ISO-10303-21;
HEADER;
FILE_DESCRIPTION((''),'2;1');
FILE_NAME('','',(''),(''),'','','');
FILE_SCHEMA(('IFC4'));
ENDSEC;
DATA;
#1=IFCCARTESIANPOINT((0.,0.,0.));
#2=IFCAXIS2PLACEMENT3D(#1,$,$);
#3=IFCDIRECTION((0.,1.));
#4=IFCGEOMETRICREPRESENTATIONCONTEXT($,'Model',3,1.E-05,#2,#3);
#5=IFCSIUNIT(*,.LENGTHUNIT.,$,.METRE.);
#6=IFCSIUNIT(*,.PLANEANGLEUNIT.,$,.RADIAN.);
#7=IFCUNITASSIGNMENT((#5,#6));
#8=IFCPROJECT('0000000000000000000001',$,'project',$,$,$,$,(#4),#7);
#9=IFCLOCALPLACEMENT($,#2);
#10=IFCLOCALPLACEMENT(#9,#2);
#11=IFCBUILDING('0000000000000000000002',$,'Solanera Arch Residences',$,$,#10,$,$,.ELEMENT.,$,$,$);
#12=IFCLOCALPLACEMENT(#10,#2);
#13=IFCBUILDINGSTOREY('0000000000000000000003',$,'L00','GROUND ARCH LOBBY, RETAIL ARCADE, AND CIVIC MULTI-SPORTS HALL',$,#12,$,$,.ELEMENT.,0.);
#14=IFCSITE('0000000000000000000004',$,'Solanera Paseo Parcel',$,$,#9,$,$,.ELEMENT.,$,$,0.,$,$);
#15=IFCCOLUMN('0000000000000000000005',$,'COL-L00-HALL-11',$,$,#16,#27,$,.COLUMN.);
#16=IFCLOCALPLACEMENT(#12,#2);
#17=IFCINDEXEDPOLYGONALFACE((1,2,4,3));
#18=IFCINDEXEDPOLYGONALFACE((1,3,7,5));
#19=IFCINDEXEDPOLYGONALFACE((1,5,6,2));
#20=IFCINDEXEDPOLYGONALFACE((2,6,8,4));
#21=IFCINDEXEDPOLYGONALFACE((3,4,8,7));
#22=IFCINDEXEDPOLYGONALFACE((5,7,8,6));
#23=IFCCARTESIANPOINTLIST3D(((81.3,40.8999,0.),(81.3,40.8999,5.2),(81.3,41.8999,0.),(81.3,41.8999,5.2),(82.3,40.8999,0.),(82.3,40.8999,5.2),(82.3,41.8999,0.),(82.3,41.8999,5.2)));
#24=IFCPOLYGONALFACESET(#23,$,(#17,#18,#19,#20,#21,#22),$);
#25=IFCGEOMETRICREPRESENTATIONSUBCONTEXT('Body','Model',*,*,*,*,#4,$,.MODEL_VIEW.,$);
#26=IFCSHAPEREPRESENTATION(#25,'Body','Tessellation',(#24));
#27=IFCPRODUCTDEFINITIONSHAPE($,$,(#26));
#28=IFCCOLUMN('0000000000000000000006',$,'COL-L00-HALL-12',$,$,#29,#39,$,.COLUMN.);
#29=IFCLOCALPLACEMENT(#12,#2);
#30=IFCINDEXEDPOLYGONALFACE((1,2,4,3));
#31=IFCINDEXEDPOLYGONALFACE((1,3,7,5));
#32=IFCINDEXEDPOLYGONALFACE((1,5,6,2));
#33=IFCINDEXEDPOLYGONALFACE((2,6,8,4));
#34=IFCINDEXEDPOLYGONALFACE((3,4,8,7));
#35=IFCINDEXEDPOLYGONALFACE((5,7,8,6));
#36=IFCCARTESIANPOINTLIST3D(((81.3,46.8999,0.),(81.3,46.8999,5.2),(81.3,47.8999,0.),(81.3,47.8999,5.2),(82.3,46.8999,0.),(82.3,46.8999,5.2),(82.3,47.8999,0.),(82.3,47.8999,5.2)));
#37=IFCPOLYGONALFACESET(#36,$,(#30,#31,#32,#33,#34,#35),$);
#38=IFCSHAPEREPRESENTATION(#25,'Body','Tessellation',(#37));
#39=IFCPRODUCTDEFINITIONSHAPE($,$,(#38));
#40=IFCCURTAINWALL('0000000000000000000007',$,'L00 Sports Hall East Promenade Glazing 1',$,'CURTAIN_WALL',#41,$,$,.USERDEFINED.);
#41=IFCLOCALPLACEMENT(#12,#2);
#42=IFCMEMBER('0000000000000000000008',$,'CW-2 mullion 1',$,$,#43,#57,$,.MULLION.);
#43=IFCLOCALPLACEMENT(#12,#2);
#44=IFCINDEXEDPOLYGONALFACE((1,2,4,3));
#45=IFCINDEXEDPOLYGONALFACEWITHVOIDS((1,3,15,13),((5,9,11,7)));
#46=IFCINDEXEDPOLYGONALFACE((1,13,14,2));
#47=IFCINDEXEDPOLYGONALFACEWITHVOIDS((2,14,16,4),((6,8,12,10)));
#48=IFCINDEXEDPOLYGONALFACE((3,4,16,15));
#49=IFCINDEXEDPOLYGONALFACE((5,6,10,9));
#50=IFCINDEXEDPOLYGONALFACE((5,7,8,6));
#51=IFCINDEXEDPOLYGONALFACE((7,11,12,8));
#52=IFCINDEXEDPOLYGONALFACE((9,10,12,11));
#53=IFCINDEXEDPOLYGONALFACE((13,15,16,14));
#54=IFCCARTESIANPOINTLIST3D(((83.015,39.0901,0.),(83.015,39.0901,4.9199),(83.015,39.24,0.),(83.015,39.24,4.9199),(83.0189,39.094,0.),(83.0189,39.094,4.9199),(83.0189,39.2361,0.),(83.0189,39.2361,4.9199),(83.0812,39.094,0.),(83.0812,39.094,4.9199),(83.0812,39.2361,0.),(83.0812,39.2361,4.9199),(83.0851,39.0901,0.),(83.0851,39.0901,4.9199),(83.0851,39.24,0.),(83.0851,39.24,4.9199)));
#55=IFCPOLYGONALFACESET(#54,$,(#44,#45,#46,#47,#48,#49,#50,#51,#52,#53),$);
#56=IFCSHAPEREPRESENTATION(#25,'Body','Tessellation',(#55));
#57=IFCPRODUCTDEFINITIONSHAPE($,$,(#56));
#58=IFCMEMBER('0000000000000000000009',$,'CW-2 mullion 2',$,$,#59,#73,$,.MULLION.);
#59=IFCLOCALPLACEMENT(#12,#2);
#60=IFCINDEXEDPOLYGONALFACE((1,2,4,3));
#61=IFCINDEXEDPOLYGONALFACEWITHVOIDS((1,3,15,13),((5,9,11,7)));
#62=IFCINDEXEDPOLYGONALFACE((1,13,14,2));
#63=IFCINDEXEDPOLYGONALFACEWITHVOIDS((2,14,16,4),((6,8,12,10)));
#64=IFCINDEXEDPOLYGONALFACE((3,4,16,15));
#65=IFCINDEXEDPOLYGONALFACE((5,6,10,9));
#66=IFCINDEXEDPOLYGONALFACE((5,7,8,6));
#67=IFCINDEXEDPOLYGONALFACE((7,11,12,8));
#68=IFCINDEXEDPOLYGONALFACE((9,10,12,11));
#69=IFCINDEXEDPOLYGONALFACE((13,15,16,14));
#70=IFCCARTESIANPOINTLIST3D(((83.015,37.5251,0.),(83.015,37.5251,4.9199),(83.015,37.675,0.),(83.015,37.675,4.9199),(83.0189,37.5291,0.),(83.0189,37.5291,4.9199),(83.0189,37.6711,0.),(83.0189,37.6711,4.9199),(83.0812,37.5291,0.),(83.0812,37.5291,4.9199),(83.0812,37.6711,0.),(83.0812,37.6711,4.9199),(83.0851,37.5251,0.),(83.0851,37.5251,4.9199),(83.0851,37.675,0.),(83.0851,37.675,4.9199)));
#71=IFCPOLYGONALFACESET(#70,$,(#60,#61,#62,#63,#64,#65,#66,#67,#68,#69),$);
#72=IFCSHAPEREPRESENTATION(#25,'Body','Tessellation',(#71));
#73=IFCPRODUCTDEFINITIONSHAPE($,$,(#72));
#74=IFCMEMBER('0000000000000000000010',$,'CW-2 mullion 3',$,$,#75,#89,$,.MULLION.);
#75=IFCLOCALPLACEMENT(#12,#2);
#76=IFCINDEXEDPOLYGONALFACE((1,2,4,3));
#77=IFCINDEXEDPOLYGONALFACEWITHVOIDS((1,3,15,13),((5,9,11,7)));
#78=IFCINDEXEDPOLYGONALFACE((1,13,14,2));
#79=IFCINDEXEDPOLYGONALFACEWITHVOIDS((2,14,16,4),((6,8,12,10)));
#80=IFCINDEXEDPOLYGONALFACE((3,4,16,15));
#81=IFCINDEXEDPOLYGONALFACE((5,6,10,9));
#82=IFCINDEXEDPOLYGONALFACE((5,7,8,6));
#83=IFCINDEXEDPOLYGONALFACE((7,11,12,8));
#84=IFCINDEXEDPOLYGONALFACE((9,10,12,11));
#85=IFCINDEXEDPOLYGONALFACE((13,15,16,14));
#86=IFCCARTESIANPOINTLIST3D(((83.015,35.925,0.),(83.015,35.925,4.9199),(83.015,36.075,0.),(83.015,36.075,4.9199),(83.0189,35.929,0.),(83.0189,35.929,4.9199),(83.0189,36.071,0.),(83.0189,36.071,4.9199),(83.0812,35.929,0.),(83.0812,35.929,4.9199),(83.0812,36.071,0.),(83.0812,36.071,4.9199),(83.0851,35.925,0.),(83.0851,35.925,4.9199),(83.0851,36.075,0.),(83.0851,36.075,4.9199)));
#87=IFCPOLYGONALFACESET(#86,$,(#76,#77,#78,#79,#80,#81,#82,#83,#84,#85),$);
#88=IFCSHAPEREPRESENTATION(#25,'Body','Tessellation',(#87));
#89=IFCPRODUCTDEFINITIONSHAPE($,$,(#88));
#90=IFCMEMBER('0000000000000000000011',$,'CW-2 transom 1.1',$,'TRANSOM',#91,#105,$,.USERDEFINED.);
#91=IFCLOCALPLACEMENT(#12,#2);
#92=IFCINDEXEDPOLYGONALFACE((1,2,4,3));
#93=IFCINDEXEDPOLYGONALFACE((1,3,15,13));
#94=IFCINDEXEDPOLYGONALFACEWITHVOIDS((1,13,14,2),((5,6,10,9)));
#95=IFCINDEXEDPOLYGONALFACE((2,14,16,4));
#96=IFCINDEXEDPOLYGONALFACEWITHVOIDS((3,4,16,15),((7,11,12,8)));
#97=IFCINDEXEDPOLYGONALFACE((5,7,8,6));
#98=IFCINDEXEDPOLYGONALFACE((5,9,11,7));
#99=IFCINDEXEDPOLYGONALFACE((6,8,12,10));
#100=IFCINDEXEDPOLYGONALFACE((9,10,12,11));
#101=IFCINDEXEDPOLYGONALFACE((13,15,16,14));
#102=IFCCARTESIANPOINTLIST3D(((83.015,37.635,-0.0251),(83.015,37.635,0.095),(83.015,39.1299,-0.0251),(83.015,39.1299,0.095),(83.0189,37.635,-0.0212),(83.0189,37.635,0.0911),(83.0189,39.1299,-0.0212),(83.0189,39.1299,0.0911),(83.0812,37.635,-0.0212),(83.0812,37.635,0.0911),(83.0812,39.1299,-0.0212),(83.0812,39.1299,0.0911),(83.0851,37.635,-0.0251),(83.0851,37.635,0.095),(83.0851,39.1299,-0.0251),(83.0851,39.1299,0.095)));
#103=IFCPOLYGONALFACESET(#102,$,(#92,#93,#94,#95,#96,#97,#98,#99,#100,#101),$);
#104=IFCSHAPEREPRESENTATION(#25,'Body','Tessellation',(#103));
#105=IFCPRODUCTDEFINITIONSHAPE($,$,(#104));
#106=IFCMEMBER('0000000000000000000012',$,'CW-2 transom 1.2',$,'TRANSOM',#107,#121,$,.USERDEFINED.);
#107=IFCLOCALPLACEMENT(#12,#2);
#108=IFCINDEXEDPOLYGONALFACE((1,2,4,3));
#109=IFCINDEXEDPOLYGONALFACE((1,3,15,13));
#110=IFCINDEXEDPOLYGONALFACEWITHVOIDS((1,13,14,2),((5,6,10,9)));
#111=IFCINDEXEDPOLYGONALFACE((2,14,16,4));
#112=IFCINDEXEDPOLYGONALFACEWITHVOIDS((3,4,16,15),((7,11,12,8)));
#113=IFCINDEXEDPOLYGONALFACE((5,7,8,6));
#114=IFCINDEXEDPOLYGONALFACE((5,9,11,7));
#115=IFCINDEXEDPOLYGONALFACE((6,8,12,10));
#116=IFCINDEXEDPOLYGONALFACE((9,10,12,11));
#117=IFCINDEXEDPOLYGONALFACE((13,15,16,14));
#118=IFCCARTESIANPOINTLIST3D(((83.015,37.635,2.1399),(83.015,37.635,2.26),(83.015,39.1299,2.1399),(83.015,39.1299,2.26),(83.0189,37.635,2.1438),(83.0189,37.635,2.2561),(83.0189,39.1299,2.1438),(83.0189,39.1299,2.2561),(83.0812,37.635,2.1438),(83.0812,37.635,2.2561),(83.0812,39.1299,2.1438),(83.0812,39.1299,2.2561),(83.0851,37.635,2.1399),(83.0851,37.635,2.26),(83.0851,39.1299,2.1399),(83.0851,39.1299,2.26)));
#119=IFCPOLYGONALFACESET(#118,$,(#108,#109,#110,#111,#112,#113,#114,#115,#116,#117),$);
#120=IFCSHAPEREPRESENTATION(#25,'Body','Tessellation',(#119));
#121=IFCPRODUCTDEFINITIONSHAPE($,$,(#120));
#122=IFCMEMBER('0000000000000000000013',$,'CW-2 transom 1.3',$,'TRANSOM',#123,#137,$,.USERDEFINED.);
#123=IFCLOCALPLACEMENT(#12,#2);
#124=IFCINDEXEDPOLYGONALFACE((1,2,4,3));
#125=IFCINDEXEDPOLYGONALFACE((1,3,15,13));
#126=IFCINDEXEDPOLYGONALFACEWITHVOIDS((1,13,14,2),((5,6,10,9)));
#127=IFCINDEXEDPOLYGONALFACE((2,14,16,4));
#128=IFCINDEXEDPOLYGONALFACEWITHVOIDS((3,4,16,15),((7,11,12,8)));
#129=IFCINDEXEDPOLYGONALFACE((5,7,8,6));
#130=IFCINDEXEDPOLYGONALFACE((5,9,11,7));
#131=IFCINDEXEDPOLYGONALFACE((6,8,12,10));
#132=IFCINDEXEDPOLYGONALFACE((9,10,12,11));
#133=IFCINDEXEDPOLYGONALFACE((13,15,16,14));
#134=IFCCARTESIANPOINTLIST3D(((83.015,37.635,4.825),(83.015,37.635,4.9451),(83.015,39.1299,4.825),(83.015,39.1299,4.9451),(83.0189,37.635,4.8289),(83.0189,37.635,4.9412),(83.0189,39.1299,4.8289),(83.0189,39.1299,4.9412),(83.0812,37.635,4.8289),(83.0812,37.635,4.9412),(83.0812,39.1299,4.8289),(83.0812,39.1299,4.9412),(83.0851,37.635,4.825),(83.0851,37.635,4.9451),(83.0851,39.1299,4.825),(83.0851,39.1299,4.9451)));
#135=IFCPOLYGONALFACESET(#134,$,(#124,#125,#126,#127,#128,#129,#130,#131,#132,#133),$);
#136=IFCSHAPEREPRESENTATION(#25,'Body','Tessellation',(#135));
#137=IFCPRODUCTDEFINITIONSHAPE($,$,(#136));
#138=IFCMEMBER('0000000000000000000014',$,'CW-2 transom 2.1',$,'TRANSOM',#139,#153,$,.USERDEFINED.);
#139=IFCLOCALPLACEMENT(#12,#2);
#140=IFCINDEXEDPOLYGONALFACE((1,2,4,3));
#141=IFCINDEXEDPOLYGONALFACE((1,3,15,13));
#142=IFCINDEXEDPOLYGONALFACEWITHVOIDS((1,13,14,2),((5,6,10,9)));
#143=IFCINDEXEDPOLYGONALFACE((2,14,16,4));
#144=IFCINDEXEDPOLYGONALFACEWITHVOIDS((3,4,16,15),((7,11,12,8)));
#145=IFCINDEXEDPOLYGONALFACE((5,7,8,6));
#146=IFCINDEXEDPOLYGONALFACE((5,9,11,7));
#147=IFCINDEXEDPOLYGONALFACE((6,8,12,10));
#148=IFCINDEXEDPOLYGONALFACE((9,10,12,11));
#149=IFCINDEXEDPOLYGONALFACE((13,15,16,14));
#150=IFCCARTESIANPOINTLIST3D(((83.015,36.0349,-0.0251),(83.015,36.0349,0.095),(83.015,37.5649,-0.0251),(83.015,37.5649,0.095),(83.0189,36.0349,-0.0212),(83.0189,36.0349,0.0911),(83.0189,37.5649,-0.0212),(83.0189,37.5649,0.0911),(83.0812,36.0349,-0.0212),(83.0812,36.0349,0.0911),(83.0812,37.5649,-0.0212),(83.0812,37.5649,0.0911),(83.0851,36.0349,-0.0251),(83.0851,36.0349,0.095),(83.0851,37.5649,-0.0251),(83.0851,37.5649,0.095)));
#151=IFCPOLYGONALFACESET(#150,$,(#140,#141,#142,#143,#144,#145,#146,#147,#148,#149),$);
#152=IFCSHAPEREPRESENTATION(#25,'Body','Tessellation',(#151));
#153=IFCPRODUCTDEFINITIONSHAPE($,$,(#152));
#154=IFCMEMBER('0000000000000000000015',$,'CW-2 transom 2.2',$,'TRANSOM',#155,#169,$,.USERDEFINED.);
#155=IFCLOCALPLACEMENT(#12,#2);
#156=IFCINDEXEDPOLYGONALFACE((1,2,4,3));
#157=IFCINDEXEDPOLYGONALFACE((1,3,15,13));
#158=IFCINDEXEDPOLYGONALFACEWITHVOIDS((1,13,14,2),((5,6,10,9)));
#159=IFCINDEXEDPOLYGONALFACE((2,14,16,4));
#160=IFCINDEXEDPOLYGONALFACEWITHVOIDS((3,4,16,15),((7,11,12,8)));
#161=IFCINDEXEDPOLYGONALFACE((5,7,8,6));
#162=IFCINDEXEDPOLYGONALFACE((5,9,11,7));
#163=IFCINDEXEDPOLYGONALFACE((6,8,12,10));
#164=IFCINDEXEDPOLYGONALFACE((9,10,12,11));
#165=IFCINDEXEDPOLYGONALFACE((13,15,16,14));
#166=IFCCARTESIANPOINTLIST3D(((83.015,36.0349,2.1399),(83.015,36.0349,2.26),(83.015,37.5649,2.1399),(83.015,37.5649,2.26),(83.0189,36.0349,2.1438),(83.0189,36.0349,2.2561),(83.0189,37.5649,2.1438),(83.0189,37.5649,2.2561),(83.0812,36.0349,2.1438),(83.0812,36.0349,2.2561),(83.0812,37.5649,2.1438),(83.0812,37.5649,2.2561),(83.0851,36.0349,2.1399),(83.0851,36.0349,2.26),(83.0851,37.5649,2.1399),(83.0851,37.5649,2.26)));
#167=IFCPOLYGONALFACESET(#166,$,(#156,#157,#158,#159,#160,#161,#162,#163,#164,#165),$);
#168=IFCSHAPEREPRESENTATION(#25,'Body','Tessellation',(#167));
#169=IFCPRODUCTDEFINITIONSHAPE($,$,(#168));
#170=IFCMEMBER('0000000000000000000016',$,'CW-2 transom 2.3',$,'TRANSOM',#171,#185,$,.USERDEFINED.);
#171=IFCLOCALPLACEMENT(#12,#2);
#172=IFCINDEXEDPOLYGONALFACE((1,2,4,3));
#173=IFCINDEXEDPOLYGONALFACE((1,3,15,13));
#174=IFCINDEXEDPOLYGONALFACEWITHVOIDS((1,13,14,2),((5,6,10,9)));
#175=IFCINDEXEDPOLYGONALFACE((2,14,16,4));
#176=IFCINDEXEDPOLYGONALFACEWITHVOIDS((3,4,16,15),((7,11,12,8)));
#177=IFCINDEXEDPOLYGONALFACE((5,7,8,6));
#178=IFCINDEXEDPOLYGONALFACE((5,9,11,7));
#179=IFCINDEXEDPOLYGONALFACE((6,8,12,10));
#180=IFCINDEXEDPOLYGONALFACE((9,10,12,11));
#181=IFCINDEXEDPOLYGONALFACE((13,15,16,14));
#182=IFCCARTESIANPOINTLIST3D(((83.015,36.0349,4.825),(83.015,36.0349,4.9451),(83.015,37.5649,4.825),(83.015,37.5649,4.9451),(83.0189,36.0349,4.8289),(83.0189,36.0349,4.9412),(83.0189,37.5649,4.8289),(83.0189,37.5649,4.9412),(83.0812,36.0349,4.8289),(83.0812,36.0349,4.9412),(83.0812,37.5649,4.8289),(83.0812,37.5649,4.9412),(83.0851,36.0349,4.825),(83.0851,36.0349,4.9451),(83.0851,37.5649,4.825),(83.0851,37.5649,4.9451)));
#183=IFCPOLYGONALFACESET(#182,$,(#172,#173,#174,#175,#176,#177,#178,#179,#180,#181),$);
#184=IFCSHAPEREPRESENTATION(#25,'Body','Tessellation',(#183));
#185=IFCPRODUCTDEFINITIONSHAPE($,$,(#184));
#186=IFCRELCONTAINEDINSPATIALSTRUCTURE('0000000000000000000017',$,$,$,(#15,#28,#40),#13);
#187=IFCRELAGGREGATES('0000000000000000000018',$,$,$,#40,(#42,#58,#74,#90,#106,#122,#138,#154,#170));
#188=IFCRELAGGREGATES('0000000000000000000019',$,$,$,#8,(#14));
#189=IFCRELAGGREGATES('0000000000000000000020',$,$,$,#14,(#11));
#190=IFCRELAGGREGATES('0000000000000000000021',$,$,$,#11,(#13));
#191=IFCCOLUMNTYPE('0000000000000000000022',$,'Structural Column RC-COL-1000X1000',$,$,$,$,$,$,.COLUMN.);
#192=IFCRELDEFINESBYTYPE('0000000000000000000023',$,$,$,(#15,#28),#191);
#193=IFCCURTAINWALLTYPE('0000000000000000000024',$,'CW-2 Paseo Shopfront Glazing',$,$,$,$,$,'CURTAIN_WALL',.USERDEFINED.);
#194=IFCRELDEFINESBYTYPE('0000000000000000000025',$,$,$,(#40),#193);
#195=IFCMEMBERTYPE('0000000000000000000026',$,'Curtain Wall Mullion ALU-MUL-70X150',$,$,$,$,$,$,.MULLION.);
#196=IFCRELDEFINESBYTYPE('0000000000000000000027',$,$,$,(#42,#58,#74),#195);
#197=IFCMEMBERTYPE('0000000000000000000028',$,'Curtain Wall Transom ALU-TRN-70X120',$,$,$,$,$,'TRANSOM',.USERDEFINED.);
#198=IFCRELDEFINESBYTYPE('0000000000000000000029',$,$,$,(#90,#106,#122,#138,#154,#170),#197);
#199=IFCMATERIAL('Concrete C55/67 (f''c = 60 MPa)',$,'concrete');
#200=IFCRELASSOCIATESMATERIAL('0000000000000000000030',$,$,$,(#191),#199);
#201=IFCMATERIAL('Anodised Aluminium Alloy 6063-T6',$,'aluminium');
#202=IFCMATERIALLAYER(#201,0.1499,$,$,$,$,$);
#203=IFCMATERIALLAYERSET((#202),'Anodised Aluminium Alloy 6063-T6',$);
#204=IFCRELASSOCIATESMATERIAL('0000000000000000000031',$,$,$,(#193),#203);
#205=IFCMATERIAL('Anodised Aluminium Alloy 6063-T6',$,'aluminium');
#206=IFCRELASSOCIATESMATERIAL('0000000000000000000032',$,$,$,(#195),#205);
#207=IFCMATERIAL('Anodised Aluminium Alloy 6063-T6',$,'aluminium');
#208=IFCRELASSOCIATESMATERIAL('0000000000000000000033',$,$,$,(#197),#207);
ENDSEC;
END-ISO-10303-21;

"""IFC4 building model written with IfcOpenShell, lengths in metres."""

from ifc_helpers import new_model, si_unit, direction, frame, origin, origin_2d, place, context, subcontext, project, spatial, rectangle, hollow_rectangle, extrude, material, layer, layer_set, material_profile, profile_set, type_object, element, aggregate, save


model = new_model("IFC4")

# Units and contexts
model_context = context("Model", 3, precision=1e-05, world=origin(), true_north=direction((0.0, 1.0)))
body_context = subcontext(model_context, "Body", "Model", "MODEL_VIEW")
ifc_project = project(units=[si_unit("LENGTHUNIT", "METRE"), si_unit("PLANEANGLEUNIT", "RADIAN")], contexts=[model_context])

# Site, building, storey
site_placement = place(None, origin())
site = spatial("IfcSite", under=ifc_project, at=site_placement, Name="Solanera Paseo Parcel", CompositionType="ELEMENT", RefElevation=0.0)
building_placement = place(site_placement, origin())
building = spatial("IfcBuilding", under=site, at=building_placement, Name="Solanera Arch Residences", CompositionType="ELEMENT")
storey_placement = place(building_placement, origin())
storey = spatial("IfcBuildingStorey", under=building, at=storey_placement, Name="L00", Description="GROUND ARCH LOBBY, RETAIL ARCADE, AND CIVIC MULTI-SPORTS HALL", CompositionType="ELEMENT", Elevation=0.0)

# Columns
ifc_material_1 = material(Name="Concrete C55/67 (f'c = 60 MPa)", Category="concrete")
ifc_material_profile_1 = material_profile(ifc_material_1, rectangle(XDim=1.0, YDim=1.0, at=origin_2d()))
ifc_profile_set_1 = profile_set([ifc_material_profile_1], Name="Concrete C55/67 (f'c = 60 MPa)")
column_type = type_object("IfcColumnType", Name="Structural Column RC-COL-1000X1000", PredefinedType="COLUMN", material=ifc_profile_set_1)
for number, where, z_axis, x_axis, name in (
    (1, (81.8, 41.3999, 0.0), (0.0, 0.0, 1.0), (1.0, 0.0, 0.0), "COL-L00-HALL-11"),
    (2, (81.8, 47.3999, 0.0), (0.0, 0.0, 1.0), (1.0, 0.0, 0.0), "COL-L00-HALL-12"),
):
    element("IfcColumn", number, at=place(storey_placement, frame(where, z_axis=z_axis, x_axis=x_axis)), inside=storey, type_object=column_type, Name=name, PredefinedType="COLUMN", context=body_context, shape_type="SweptSolid", body=[
        extrude(rectangle(XDim=1.0, YDim=1.0, at=origin_2d()), origin(), (0.0, 0.0, 1.0), 5.2),
    ])

# Curtain wall, members
ifc_material_2 = material(Name="Anodised Aluminium Alloy 6063-T6", Category="aluminium")
ifc_layer_1 = layer(ifc_material_2, 0.1499)
ifc_layer_set_1 = layer_set([ifc_layer_1], Name="Anodised Aluminium Alloy 6063-T6")
curtain_wall_type = type_object("IfcCurtainWallType", Name="CW-2 Paseo Shopfront Glazing", ElementType="CURTAIN_WALL", PredefinedType="USERDEFINED", material=ifc_layer_set_1)
curtain_wall_placement = place(storey_placement, origin())
curtain_wall = element("IfcCurtainWall", 3, at=curtain_wall_placement, inside=storey, type_object=curtain_wall_type, Name="L00 Sports Hall East Promenade Glazing 1", ObjectType="CURTAIN_WALL", PredefinedType="USERDEFINED")
ifc_material_3 = material(Name="Anodised Aluminium Alloy 6063-T6", Category="aluminium")
ifc_material_profile_2 = material_profile(ifc_material_3, hollow_rectangle(XDim=0.0701, YDim=0.1499, WallThickness=0.0039, at=origin_2d()))
ifc_profile_set_2 = profile_set([ifc_material_profile_2], Name="Anodised Aluminium Alloy 6063-T6")
member_type_1 = type_object("IfcMemberType", Name="Curtain Wall Mullion ALU-MUL-70X150", PredefinedType="MULLION", material=ifc_profile_set_2)
member_1_placement = place(storey_placement, frame((83.05, 39.165, 0.0), z_axis=(0.0, 0.0, 1.0), x_axis=(1.0, 0.0, 0.0)))
member_1 = element("IfcMember", 4, at=member_1_placement, type_object=member_type_1, Name="CW-2 mullion 1", PredefinedType="MULLION", context=body_context, shape_type="SweptSolid", body=[
    extrude(hollow_rectangle(XDim=0.0701, YDim=0.1499, WallThickness=0.0039, at=origin_2d()), origin(), (0.0, 0.0, 1.0), 4.9199),
])
member_2_placement = place(storey_placement, frame((83.05, 37.6001, 0.0), z_axis=(0.0, 0.0, 1.0), x_axis=(1.0, 0.0, 0.0)))
member_2 = element("IfcMember", 5, at=member_2_placement, type_object=member_type_1, Name="CW-2 mullion 2", PredefinedType="MULLION", context=body_context, shape_type="SweptSolid", body=[
    extrude(hollow_rectangle(XDim=0.0701, YDim=0.1499, WallThickness=0.0039, at=origin_2d()), origin(), (0.0, 0.0, 1.0), 4.9199),
])
member_3_placement = place(storey_placement, frame((83.05, 36.0, 0.0), z_axis=(0.0, 0.0, 1.0), x_axis=(1.0, 0.0, 0.0)))
member_3 = element("IfcMember", 6, at=member_3_placement, type_object=member_type_1, Name="CW-2 mullion 3", PredefinedType="MULLION", context=body_context, shape_type="SweptSolid", body=[
    extrude(hollow_rectangle(XDim=0.0701, YDim=0.1499, WallThickness=0.0039, at=origin_2d()), origin(), (0.0, 0.0, 1.0), 4.9199),
])
ifc_material_4 = material(Name="Anodised Aluminium Alloy 6063-T6", Category="aluminium")
ifc_material_profile_3 = material_profile(ifc_material_4, hollow_rectangle(XDim=0.0701, YDim=0.1201, WallThickness=0.0039, at=origin_2d()))
ifc_profile_set_3 = profile_set([ifc_material_profile_3], Name="Anodised Aluminium Alloy 6063-T6")
member_type_2 = type_object("IfcMemberType", Name="Curtain Wall Transom ALU-TRN-70X120", ElementType="TRANSOM", PredefinedType="USERDEFINED", material=ifc_profile_set_3)
member_4_placement = place(storey_placement, frame((83.05, 39.1299, 0.0349), z_axis=(0.0, -1.0, 0.0), x_axis=(1.0, 0.0, 0.0)))
member_4 = element("IfcMember", 7, at=member_4_placement, type_object=member_type_2, Name="CW-2 transom 1.1", ObjectType="TRANSOM", PredefinedType="USERDEFINED", context=body_context, shape_type="SweptSolid", body=[
    extrude(hollow_rectangle(XDim=0.0701, YDim=0.1201, WallThickness=0.0039, at=origin_2d()), origin(), (0.0, 0.0, 1.0), 1.4949),
])
member_5_placement = place(storey_placement, frame((83.05, 39.1299, 2.2), z_axis=(0.0, -1.0, 0.0), x_axis=(1.0, 0.0, 0.0)))
member_5 = element("IfcMember", 8, at=member_5_placement, type_object=member_type_2, Name="CW-2 transom 1.2", ObjectType="TRANSOM", PredefinedType="USERDEFINED", context=body_context, shape_type="SweptSolid", body=[
    extrude(hollow_rectangle(XDim=0.0701, YDim=0.1201, WallThickness=0.0039, at=origin_2d()), origin(), (0.0, 0.0, 1.0), 1.4949),
])
member_6_placement = place(storey_placement, frame((83.05, 39.1299, 4.885), z_axis=(0.0, -1.0, 0.0), x_axis=(1.0, 0.0, 0.0)))
member_6 = element("IfcMember", 9, at=member_6_placement, type_object=member_type_2, Name="CW-2 transom 1.3", ObjectType="TRANSOM", PredefinedType="USERDEFINED", context=body_context, shape_type="SweptSolid", body=[
    extrude(hollow_rectangle(XDim=0.0701, YDim=0.1201, WallThickness=0.0039, at=origin_2d()), origin(), (0.0, 0.0, 1.0), 1.4949),
])
member_7_placement = place(storey_placement, frame((83.05, 37.5649, 0.0349), z_axis=(0.0, -1.0, 0.0), x_axis=(1.0, 0.0, 0.0)))
member_7 = element("IfcMember", 10, at=member_7_placement, type_object=member_type_2, Name="CW-2 transom 2.1", ObjectType="TRANSOM", PredefinedType="USERDEFINED", context=body_context, shape_type="SweptSolid", body=[
    extrude(hollow_rectangle(XDim=0.0701, YDim=0.1201, WallThickness=0.0039, at=origin_2d()), origin(), (0.0, 0.0, 1.0), 1.53),
])
member_8_placement = place(storey_placement, frame((83.05, 37.5649, 2.2), z_axis=(0.0, -1.0, 0.0), x_axis=(1.0, 0.0, 0.0)))
member_8 = element("IfcMember", 11, at=member_8_placement, type_object=member_type_2, Name="CW-2 transom 2.2", ObjectType="TRANSOM", PredefinedType="USERDEFINED", context=body_context, shape_type="SweptSolid", body=[
    extrude(hollow_rectangle(XDim=0.0701, YDim=0.1201, WallThickness=0.0039, at=origin_2d()), origin(), (0.0, 0.0, 1.0), 1.53),
])
member_9_placement = place(storey_placement, frame((83.05, 37.5649, 4.885), z_axis=(0.0, -1.0, 0.0), x_axis=(1.0, 0.0, 0.0)))
member_9 = element("IfcMember", 12, at=member_9_placement, type_object=member_type_2, Name="CW-2 transom 2.3", ObjectType="TRANSOM", PredefinedType="USERDEFINED", context=body_context, shape_type="SweptSolid", body=[
    extrude(hollow_rectangle(XDim=0.0701, YDim=0.1201, WallThickness=0.0039, at=origin_2d()), origin(), (0.0, 0.0, 1.0), 1.53),
])

aggregate(curtain_wall, [member_1, member_2, member_3, member_4, member_5, member_6, member_7, member_8, member_9])

save(model, "model.ifc")
